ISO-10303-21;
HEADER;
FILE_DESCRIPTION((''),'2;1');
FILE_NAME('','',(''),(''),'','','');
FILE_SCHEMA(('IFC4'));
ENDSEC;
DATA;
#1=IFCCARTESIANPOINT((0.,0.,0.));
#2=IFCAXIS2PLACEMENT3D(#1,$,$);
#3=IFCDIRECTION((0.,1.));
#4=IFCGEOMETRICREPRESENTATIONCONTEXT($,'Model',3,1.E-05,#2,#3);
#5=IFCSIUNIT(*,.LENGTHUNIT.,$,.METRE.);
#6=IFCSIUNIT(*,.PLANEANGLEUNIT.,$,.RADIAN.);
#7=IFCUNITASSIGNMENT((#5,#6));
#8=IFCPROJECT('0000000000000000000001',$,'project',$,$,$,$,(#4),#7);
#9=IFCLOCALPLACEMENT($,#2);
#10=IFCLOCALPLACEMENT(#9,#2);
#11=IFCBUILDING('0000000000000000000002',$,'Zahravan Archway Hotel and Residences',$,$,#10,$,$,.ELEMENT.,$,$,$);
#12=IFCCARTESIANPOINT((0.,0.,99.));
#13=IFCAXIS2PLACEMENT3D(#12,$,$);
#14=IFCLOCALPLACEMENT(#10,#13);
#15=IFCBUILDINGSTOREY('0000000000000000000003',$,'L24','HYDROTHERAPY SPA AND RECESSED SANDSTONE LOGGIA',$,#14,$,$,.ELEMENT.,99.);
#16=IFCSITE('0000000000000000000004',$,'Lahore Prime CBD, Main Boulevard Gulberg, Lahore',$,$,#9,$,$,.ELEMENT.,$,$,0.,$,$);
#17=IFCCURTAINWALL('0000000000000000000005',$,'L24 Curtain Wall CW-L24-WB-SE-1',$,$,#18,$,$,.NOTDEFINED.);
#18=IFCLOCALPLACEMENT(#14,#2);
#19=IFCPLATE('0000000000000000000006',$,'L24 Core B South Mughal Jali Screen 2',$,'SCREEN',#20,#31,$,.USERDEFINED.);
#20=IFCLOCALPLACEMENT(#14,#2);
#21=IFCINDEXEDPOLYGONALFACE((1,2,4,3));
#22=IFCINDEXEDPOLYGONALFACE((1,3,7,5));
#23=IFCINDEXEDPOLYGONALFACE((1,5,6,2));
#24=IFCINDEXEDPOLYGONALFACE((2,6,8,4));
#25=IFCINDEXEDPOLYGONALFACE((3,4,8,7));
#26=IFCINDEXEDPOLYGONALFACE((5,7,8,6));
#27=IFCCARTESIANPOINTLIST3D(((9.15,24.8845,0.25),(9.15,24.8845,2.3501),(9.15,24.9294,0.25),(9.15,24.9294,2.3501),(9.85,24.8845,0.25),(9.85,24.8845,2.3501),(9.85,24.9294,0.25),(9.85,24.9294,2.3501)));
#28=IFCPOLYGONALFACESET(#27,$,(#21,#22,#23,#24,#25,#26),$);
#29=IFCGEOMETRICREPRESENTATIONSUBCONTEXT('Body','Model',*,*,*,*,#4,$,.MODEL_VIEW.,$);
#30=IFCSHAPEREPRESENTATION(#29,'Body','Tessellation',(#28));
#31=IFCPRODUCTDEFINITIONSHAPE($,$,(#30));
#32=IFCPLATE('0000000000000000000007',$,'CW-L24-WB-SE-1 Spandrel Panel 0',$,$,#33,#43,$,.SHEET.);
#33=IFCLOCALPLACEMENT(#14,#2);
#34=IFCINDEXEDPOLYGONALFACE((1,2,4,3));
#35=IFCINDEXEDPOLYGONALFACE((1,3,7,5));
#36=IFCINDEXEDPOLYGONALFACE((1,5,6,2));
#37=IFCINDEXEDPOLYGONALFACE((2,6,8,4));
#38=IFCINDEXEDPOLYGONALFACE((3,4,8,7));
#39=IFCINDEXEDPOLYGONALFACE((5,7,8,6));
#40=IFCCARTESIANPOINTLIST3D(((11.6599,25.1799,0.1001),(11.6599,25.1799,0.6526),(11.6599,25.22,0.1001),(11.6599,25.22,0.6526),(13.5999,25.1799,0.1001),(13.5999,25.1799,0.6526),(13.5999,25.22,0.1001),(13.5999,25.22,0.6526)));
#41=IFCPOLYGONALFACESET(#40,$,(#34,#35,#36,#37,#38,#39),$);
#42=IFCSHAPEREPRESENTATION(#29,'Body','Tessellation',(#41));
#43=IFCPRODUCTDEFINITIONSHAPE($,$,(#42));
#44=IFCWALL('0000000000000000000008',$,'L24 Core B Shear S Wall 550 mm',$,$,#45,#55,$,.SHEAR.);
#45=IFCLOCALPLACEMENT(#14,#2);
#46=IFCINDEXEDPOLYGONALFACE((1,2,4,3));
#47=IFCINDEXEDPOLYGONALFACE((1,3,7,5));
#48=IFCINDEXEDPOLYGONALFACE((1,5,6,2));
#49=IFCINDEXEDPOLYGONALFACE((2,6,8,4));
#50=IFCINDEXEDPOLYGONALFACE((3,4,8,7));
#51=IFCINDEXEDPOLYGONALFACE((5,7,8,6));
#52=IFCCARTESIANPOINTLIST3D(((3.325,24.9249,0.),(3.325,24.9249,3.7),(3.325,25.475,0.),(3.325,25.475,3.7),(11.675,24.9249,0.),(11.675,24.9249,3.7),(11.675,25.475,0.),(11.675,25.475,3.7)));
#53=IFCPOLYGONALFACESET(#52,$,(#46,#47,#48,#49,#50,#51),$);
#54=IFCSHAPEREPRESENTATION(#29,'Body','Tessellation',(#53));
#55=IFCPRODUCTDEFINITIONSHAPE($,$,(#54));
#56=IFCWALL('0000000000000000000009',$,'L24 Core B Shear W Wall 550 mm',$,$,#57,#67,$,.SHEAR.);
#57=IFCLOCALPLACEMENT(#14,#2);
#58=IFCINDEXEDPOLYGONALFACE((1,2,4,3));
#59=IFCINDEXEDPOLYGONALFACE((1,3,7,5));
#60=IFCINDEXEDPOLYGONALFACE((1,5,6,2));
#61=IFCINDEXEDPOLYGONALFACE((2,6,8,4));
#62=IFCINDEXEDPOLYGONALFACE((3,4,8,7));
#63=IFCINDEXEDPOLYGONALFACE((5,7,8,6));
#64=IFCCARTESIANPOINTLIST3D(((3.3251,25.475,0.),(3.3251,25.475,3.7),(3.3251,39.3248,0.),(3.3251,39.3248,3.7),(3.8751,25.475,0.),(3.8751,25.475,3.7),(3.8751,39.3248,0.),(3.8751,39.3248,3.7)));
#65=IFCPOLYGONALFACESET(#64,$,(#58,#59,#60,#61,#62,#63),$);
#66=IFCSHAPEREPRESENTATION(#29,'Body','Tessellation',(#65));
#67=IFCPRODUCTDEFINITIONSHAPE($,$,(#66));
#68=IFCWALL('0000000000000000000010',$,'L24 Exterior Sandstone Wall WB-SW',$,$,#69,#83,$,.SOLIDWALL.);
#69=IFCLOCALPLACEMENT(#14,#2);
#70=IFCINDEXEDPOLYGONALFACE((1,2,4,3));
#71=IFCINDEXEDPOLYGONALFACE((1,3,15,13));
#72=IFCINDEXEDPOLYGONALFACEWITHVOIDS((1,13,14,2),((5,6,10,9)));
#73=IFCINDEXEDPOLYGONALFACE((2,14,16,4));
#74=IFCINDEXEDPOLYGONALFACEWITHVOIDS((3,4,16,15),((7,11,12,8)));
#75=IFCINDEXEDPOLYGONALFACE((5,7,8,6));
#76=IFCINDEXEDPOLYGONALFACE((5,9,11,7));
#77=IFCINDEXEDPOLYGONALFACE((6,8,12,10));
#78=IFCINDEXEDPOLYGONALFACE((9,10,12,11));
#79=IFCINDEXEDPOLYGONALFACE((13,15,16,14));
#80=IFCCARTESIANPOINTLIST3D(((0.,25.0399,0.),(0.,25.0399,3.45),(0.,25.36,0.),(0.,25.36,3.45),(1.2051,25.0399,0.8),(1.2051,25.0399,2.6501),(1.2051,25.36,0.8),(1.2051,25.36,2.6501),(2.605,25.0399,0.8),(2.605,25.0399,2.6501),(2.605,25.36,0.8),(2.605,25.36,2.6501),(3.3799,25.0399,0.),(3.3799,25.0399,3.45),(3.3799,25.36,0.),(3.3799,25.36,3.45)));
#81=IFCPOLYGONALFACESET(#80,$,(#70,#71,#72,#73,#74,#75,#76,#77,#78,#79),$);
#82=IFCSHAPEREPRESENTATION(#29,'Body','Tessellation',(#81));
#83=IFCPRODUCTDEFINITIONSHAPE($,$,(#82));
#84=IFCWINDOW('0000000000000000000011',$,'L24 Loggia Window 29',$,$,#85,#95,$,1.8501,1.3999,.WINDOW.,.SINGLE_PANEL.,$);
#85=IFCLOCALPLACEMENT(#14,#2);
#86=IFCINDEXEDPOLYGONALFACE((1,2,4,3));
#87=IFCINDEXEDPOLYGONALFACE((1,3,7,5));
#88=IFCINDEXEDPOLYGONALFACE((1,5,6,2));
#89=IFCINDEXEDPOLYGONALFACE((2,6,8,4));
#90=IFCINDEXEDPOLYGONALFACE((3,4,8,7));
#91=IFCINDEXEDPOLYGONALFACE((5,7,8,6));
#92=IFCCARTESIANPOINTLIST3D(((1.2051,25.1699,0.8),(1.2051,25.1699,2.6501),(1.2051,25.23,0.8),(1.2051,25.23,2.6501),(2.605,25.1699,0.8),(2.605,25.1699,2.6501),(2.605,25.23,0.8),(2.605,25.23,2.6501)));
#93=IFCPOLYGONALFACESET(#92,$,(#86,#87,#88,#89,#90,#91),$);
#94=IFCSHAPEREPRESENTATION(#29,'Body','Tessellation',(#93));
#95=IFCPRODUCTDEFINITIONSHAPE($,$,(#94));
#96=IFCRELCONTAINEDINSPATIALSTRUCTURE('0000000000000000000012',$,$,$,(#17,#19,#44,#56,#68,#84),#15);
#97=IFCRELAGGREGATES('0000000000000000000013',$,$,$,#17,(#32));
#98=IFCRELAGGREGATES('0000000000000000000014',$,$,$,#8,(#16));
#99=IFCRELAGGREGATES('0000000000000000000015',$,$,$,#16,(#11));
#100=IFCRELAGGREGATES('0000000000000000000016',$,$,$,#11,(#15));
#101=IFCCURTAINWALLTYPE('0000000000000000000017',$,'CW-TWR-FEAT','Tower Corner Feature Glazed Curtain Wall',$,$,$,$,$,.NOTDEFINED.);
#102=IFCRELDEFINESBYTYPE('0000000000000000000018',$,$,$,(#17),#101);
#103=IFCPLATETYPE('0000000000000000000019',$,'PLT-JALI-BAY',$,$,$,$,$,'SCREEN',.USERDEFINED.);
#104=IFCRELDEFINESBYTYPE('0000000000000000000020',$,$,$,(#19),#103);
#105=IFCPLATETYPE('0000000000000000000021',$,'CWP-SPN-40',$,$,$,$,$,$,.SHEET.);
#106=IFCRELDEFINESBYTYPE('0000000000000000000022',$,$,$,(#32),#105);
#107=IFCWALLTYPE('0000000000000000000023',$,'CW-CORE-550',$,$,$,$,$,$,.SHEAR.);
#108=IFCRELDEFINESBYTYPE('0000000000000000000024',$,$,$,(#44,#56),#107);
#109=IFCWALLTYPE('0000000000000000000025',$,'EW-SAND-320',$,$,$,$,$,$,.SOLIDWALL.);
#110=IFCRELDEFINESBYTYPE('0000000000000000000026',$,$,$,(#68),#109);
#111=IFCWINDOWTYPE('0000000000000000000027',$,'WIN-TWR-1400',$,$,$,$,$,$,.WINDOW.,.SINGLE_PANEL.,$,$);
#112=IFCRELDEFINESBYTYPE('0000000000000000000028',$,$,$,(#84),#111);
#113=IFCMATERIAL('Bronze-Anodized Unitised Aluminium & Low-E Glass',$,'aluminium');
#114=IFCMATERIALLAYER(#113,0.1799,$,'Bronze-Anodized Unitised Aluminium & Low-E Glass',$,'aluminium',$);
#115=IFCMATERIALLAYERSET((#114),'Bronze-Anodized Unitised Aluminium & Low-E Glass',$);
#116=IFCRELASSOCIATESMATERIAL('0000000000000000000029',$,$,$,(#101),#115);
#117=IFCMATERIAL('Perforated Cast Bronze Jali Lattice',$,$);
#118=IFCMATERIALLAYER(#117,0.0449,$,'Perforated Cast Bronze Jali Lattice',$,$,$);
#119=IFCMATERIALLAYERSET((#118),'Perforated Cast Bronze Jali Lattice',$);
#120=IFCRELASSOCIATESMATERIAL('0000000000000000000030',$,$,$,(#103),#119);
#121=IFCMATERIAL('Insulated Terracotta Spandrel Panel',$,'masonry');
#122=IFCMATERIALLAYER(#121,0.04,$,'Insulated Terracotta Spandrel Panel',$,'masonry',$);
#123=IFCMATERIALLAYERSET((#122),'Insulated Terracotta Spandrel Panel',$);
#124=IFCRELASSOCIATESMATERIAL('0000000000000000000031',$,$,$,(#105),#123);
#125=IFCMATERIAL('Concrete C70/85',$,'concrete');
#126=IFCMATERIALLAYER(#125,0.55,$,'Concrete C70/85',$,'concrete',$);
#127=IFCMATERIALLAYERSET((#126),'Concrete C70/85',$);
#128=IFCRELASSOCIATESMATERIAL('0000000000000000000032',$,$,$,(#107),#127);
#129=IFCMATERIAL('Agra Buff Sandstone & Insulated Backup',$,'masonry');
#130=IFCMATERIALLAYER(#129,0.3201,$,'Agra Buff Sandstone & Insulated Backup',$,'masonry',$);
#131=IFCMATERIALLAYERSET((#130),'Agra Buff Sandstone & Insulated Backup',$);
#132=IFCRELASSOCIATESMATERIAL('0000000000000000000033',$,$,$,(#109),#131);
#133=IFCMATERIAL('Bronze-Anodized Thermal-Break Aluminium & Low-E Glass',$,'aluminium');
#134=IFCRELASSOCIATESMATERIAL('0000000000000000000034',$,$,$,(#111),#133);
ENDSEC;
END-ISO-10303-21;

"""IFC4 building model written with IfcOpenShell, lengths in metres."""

from ifc_helpers import new_model, si_unit, direction, frame, frame_2d, origin, origin_2d, place, context, subcontext, project, spatial, rectangle, extrude, source, transform, mapped, material, layer, layer_set, type_object, type_shapes, element, fill, aggregate, save


model = new_model("IFC4")

# Units and contexts
model_context = context("Model", 3, precision=1e-05, world=origin(), true_north=direction((0.0, 1.0)))
body_context = subcontext(model_context, "Body", "Model", "MODEL_VIEW")
ifc_project = project(units=[si_unit("LENGTHUNIT", "METRE"), si_unit("PLANEANGLEUNIT", "RADIAN")], contexts=[model_context])

# Site, building, storey
site_placement = place(None, origin())
site = spatial("IfcSite", under=ifc_project, at=site_placement, Name="Lahore Prime CBD, Main Boulevard Gulberg, Lahore", CompositionType="ELEMENT", RefElevation=0.0)
building_placement = place(site_placement, origin())
building = spatial("IfcBuilding", under=site, at=building_placement, Name="Zahravan Archway Hotel and Residences", CompositionType="ELEMENT")
storey_placement = place(building_placement, frame((0.0, 0.0, 99.0)))
storey = spatial("IfcBuildingStorey", under=building, at=storey_placement, Name="L24", Description="HYDROTHERAPY SPA AND RECESSED SANDSTONE LOGGIA", CompositionType="ELEMENT", Elevation=99.0)

# Shared definitions
ifc_material_1 = material(Name="Concrete C70/85", Category="concrete")

# Curtain wall
ifc_material_2 = material(Name="Bronze-Anodized Unitised Aluminium & Low-E Glass", Category="aluminium")
ifc_layer_1 = layer(ifc_material_2, 0.1799, Name="Bronze-Anodized Unitised Aluminium & Low-E Glass", Category="aluminium")
ifc_layer_set_1 = layer_set([ifc_layer_1], Name="Bronze-Anodized Unitised Aluminium & Low-E Glass")
curtain_wall_type = type_object("IfcCurtainWallType", Name="CW-TWR-FEAT", Description="Tower Corner Feature Glazed Curtain Wall", PredefinedType="NOTDEFINED", material=ifc_layer_set_1)
curtain_wall_placement = place(storey_placement, origin())
curtain_wall = element("IfcCurtainWall", 1, at=curtain_wall_placement, inside=storey, type_object=curtain_wall_type, Name="L24 Curtain Wall CW-L24-WB-SE-1", PredefinedType="NOTDEFINED")

# Plate
ifc_material_3 = material(Name="Perforated Cast Bronze Jali Lattice")
ifc_layer_2 = layer(ifc_material_3, 0.0449, Name="Perforated Cast Bronze Jali Lattice")
ifc_layer_set_2 = layer_set([ifc_layer_2], Name="Perforated Cast Bronze Jali Lattice")
plate_type_1 = type_object("IfcPlateType", Name="PLT-JALI-BAY", ElementType="SCREEN", PredefinedType="USERDEFINED", material=ifc_layer_set_2)
shared_shape_1 = source(origin(), body_context, "Body", "SweptSolid", [
    extrude(rectangle(XDim=0.7, YDim=0.0449, at=origin_2d()), origin(), (0.0, 0.0, 1.0), 2.1001),
])
type_shapes(plate_type_1, [shared_shape_1])
for number, where, z_axis, x_axis, name in (
    (2, (9.5, 24.907, 0.25), (0.0, 0.0, 1.0), (1.0, 0.0, 0.0), "L24 Core B South Mughal Jali Screen 2"),
):
    element("IfcPlate", number, at=place(storey_placement, frame(where, z_axis=z_axis, x_axis=x_axis)), inside=storey, type_object=plate_type_1, Name=name, ObjectType="SCREEN", PredefinedType="USERDEFINED", context=body_context, shape_type="MappedRepresentation", body=[
        mapped(shared_shape_1, transform((0.0, 0.0, 0.0), scale=1.0)),
    ])

# Plate
ifc_material_4 = material(Name="Insulated Terracotta Spandrel Panel", Category="masonry")
ifc_layer_3 = layer(ifc_material_4, 0.04, Name="Insulated Terracotta Spandrel Panel", Category="masonry")
ifc_layer_set_3 = layer_set([ifc_layer_3], Name="Insulated Terracotta Spandrel Panel")
plate_type_2 = type_object("IfcPlateType", Name="CWP-SPN-40", PredefinedType="SHEET", material=ifc_layer_set_3)
shared_shape_2 = source(origin(), body_context, "Body", "SweptSolid", [
    extrude(rectangle(XDim=1.9399, YDim=0.04, at=origin_2d()), origin(), (0.0, 0.0, 1.0), 0.5525),
])
plate_placement = place(storey_placement, frame((12.6299, 25.2, 0.1001), z_axis=(0.0, 0.0, 1.0), x_axis=(1.0, 0.0, 0.0)))
plate = element("IfcPlate", 3, at=plate_placement, type_object=plate_type_2, Name="CW-L24-WB-SE-1 Spandrel Panel 0", PredefinedType="SHEET", context=body_context, shape_type="MappedRepresentation", body=[
    mapped(shared_shape_2, transform((0.0, 0.0, 0.0), scale=1.0)),
])
aggregate(curtain_wall, [plate])

# Walls
ifc_layer_4 = layer(ifc_material_1, 0.55, Name="Concrete C70/85", Category="concrete")
ifc_layer_set_4 = layer_set([ifc_layer_4], Name="Concrete C70/85")
wall_type_1 = type_object("IfcWallType", Name="CW-CORE-550", PredefinedType="SHEAR", material=ifc_layer_set_4)
wall_1_placement = place(storey_placement, frame((3.325, 25.2, 0.0), z_axis=(0.0, 0.0, 1.0), x_axis=(1.0, 0.0, 0.0)))
element("IfcWall", 4, at=wall_1_placement, inside=storey, type_object=wall_type_1, Name="L24 Core B Shear S Wall 550 mm", PredefinedType="SHEAR", context=body_context, shape_type="SweptSolid", body=[
    extrude(rectangle(XDim=8.3501, YDim=0.55, at=frame_2d((4.175, 0.0))), origin(), (0.0, 0.0, 1.0), 3.7),
])
wall_2_placement = place(storey_placement, frame((3.6001, 25.4751, 0.0), z_axis=(0.0, 0.0, 1.0), x_axis=(0.0, 1.0, 0.0)))
element("IfcWall", 5, at=wall_2_placement, inside=storey, type_object=wall_type_1, Name="L24 Core B Shear W Wall 550 mm", PredefinedType="SHEAR", context=body_context, shape_type="SweptSolid", body=[
    extrude(rectangle(XDim=13.8499, YDim=0.55, at=frame_2d((6.9248, 0.0))), origin(), (0.0, 0.0, 1.0), 3.7),
])

# Wall, opening, window
ifc_material_5 = material(Name="Agra Buff Sandstone & Insulated Backup", Category="masonry")
ifc_layer_5 = layer(ifc_material_5, 0.3201, Name="Agra Buff Sandstone & Insulated Backup", Category="masonry")
ifc_layer_set_5 = layer_set([ifc_layer_5], Name="Agra Buff Sandstone & Insulated Backup")
wall_type_2 = type_object("IfcWallType", Name="EW-SAND-320", PredefinedType="SOLIDWALL", material=ifc_layer_set_5)
wall_3_placement = place(storey_placement, frame((0.0, 25.2, 0.0), z_axis=(0.0, 0.0, 1.0), x_axis=(1.0, 0.0, 0.0)))
wall_3 = element("IfcWall", 6, at=wall_3_placement, inside=storey, type_object=wall_type_2, Name="L24 Exterior Sandstone Wall WB-SW", PredefinedType="SOLIDWALL", context=body_context, shape_type="SweptSolid", body=[
    extrude(rectangle(XDim=3.3799, YDim=0.3201, at=frame_2d((1.6899, 0.0))), origin(), (0.0, 0.0, 1.0), 3.45),
])
opening_1_placement = place(wall_3_placement, frame((1.2051, 0.0, 0.8)))
opening_1 = element("IfcOpeningElement", 7, at=opening_1_placement, cuts=wall_3, PredefinedType="OPENING", context=body_context, shape_type="SweptSolid", body=[
    extrude(rectangle(XDim=1.3999, YDim=1.8501, at=frame_2d((0.7, 0.925))), frame((0.0, 0.1699, 0.0), z_axis=(0.0, -1.0, 0.0), x_axis=(1.0, 0.0, 0.0)), (0.0, 0.0, 1.0), 0.3401),
])
ifc_material_6 = material(Name="Bronze-Anodized Thermal-Break Aluminium & Low-E Glass", Category="aluminium")
window_type_1 = type_object("IfcWindowType", Name="WIN-TWR-1400", PartitioningType="SINGLE_PANEL", PredefinedType="WINDOW", material=ifc_material_6)
shared_shape_3 = source(origin(), body_context, "Body", "SweptSolid", [
    extrude(rectangle(XDim=1.3999, YDim=1.8501, at=frame_2d((0.7, 0.925))), frame((0.0, 0.03, 0.0), z_axis=(0.0, -1.0, 0.0), x_axis=(1.0, 0.0, 0.0)), (0.0, 0.0, 1.0), 0.0601),
])
type_shapes(window_type_1, [shared_shape_3])
window_1_placement = place(opening_1_placement, origin())
window_1 = element("IfcWindow", 8, at=window_1_placement, inside=storey, type_object=window_type_1, Name="L24 Loggia Window 29", OverallHeight=1.8501, OverallWidth=1.3999, PartitioningType="SINGLE_PANEL", PredefinedType="WINDOW", context=body_context, shape_type="MappedRepresentation", body=[
    mapped(shared_shape_3, transform((0.0, 0.0, 0.0), scale=1.0)),
])
fill(opening_1, window_1)

save(model, "model.ifc")
